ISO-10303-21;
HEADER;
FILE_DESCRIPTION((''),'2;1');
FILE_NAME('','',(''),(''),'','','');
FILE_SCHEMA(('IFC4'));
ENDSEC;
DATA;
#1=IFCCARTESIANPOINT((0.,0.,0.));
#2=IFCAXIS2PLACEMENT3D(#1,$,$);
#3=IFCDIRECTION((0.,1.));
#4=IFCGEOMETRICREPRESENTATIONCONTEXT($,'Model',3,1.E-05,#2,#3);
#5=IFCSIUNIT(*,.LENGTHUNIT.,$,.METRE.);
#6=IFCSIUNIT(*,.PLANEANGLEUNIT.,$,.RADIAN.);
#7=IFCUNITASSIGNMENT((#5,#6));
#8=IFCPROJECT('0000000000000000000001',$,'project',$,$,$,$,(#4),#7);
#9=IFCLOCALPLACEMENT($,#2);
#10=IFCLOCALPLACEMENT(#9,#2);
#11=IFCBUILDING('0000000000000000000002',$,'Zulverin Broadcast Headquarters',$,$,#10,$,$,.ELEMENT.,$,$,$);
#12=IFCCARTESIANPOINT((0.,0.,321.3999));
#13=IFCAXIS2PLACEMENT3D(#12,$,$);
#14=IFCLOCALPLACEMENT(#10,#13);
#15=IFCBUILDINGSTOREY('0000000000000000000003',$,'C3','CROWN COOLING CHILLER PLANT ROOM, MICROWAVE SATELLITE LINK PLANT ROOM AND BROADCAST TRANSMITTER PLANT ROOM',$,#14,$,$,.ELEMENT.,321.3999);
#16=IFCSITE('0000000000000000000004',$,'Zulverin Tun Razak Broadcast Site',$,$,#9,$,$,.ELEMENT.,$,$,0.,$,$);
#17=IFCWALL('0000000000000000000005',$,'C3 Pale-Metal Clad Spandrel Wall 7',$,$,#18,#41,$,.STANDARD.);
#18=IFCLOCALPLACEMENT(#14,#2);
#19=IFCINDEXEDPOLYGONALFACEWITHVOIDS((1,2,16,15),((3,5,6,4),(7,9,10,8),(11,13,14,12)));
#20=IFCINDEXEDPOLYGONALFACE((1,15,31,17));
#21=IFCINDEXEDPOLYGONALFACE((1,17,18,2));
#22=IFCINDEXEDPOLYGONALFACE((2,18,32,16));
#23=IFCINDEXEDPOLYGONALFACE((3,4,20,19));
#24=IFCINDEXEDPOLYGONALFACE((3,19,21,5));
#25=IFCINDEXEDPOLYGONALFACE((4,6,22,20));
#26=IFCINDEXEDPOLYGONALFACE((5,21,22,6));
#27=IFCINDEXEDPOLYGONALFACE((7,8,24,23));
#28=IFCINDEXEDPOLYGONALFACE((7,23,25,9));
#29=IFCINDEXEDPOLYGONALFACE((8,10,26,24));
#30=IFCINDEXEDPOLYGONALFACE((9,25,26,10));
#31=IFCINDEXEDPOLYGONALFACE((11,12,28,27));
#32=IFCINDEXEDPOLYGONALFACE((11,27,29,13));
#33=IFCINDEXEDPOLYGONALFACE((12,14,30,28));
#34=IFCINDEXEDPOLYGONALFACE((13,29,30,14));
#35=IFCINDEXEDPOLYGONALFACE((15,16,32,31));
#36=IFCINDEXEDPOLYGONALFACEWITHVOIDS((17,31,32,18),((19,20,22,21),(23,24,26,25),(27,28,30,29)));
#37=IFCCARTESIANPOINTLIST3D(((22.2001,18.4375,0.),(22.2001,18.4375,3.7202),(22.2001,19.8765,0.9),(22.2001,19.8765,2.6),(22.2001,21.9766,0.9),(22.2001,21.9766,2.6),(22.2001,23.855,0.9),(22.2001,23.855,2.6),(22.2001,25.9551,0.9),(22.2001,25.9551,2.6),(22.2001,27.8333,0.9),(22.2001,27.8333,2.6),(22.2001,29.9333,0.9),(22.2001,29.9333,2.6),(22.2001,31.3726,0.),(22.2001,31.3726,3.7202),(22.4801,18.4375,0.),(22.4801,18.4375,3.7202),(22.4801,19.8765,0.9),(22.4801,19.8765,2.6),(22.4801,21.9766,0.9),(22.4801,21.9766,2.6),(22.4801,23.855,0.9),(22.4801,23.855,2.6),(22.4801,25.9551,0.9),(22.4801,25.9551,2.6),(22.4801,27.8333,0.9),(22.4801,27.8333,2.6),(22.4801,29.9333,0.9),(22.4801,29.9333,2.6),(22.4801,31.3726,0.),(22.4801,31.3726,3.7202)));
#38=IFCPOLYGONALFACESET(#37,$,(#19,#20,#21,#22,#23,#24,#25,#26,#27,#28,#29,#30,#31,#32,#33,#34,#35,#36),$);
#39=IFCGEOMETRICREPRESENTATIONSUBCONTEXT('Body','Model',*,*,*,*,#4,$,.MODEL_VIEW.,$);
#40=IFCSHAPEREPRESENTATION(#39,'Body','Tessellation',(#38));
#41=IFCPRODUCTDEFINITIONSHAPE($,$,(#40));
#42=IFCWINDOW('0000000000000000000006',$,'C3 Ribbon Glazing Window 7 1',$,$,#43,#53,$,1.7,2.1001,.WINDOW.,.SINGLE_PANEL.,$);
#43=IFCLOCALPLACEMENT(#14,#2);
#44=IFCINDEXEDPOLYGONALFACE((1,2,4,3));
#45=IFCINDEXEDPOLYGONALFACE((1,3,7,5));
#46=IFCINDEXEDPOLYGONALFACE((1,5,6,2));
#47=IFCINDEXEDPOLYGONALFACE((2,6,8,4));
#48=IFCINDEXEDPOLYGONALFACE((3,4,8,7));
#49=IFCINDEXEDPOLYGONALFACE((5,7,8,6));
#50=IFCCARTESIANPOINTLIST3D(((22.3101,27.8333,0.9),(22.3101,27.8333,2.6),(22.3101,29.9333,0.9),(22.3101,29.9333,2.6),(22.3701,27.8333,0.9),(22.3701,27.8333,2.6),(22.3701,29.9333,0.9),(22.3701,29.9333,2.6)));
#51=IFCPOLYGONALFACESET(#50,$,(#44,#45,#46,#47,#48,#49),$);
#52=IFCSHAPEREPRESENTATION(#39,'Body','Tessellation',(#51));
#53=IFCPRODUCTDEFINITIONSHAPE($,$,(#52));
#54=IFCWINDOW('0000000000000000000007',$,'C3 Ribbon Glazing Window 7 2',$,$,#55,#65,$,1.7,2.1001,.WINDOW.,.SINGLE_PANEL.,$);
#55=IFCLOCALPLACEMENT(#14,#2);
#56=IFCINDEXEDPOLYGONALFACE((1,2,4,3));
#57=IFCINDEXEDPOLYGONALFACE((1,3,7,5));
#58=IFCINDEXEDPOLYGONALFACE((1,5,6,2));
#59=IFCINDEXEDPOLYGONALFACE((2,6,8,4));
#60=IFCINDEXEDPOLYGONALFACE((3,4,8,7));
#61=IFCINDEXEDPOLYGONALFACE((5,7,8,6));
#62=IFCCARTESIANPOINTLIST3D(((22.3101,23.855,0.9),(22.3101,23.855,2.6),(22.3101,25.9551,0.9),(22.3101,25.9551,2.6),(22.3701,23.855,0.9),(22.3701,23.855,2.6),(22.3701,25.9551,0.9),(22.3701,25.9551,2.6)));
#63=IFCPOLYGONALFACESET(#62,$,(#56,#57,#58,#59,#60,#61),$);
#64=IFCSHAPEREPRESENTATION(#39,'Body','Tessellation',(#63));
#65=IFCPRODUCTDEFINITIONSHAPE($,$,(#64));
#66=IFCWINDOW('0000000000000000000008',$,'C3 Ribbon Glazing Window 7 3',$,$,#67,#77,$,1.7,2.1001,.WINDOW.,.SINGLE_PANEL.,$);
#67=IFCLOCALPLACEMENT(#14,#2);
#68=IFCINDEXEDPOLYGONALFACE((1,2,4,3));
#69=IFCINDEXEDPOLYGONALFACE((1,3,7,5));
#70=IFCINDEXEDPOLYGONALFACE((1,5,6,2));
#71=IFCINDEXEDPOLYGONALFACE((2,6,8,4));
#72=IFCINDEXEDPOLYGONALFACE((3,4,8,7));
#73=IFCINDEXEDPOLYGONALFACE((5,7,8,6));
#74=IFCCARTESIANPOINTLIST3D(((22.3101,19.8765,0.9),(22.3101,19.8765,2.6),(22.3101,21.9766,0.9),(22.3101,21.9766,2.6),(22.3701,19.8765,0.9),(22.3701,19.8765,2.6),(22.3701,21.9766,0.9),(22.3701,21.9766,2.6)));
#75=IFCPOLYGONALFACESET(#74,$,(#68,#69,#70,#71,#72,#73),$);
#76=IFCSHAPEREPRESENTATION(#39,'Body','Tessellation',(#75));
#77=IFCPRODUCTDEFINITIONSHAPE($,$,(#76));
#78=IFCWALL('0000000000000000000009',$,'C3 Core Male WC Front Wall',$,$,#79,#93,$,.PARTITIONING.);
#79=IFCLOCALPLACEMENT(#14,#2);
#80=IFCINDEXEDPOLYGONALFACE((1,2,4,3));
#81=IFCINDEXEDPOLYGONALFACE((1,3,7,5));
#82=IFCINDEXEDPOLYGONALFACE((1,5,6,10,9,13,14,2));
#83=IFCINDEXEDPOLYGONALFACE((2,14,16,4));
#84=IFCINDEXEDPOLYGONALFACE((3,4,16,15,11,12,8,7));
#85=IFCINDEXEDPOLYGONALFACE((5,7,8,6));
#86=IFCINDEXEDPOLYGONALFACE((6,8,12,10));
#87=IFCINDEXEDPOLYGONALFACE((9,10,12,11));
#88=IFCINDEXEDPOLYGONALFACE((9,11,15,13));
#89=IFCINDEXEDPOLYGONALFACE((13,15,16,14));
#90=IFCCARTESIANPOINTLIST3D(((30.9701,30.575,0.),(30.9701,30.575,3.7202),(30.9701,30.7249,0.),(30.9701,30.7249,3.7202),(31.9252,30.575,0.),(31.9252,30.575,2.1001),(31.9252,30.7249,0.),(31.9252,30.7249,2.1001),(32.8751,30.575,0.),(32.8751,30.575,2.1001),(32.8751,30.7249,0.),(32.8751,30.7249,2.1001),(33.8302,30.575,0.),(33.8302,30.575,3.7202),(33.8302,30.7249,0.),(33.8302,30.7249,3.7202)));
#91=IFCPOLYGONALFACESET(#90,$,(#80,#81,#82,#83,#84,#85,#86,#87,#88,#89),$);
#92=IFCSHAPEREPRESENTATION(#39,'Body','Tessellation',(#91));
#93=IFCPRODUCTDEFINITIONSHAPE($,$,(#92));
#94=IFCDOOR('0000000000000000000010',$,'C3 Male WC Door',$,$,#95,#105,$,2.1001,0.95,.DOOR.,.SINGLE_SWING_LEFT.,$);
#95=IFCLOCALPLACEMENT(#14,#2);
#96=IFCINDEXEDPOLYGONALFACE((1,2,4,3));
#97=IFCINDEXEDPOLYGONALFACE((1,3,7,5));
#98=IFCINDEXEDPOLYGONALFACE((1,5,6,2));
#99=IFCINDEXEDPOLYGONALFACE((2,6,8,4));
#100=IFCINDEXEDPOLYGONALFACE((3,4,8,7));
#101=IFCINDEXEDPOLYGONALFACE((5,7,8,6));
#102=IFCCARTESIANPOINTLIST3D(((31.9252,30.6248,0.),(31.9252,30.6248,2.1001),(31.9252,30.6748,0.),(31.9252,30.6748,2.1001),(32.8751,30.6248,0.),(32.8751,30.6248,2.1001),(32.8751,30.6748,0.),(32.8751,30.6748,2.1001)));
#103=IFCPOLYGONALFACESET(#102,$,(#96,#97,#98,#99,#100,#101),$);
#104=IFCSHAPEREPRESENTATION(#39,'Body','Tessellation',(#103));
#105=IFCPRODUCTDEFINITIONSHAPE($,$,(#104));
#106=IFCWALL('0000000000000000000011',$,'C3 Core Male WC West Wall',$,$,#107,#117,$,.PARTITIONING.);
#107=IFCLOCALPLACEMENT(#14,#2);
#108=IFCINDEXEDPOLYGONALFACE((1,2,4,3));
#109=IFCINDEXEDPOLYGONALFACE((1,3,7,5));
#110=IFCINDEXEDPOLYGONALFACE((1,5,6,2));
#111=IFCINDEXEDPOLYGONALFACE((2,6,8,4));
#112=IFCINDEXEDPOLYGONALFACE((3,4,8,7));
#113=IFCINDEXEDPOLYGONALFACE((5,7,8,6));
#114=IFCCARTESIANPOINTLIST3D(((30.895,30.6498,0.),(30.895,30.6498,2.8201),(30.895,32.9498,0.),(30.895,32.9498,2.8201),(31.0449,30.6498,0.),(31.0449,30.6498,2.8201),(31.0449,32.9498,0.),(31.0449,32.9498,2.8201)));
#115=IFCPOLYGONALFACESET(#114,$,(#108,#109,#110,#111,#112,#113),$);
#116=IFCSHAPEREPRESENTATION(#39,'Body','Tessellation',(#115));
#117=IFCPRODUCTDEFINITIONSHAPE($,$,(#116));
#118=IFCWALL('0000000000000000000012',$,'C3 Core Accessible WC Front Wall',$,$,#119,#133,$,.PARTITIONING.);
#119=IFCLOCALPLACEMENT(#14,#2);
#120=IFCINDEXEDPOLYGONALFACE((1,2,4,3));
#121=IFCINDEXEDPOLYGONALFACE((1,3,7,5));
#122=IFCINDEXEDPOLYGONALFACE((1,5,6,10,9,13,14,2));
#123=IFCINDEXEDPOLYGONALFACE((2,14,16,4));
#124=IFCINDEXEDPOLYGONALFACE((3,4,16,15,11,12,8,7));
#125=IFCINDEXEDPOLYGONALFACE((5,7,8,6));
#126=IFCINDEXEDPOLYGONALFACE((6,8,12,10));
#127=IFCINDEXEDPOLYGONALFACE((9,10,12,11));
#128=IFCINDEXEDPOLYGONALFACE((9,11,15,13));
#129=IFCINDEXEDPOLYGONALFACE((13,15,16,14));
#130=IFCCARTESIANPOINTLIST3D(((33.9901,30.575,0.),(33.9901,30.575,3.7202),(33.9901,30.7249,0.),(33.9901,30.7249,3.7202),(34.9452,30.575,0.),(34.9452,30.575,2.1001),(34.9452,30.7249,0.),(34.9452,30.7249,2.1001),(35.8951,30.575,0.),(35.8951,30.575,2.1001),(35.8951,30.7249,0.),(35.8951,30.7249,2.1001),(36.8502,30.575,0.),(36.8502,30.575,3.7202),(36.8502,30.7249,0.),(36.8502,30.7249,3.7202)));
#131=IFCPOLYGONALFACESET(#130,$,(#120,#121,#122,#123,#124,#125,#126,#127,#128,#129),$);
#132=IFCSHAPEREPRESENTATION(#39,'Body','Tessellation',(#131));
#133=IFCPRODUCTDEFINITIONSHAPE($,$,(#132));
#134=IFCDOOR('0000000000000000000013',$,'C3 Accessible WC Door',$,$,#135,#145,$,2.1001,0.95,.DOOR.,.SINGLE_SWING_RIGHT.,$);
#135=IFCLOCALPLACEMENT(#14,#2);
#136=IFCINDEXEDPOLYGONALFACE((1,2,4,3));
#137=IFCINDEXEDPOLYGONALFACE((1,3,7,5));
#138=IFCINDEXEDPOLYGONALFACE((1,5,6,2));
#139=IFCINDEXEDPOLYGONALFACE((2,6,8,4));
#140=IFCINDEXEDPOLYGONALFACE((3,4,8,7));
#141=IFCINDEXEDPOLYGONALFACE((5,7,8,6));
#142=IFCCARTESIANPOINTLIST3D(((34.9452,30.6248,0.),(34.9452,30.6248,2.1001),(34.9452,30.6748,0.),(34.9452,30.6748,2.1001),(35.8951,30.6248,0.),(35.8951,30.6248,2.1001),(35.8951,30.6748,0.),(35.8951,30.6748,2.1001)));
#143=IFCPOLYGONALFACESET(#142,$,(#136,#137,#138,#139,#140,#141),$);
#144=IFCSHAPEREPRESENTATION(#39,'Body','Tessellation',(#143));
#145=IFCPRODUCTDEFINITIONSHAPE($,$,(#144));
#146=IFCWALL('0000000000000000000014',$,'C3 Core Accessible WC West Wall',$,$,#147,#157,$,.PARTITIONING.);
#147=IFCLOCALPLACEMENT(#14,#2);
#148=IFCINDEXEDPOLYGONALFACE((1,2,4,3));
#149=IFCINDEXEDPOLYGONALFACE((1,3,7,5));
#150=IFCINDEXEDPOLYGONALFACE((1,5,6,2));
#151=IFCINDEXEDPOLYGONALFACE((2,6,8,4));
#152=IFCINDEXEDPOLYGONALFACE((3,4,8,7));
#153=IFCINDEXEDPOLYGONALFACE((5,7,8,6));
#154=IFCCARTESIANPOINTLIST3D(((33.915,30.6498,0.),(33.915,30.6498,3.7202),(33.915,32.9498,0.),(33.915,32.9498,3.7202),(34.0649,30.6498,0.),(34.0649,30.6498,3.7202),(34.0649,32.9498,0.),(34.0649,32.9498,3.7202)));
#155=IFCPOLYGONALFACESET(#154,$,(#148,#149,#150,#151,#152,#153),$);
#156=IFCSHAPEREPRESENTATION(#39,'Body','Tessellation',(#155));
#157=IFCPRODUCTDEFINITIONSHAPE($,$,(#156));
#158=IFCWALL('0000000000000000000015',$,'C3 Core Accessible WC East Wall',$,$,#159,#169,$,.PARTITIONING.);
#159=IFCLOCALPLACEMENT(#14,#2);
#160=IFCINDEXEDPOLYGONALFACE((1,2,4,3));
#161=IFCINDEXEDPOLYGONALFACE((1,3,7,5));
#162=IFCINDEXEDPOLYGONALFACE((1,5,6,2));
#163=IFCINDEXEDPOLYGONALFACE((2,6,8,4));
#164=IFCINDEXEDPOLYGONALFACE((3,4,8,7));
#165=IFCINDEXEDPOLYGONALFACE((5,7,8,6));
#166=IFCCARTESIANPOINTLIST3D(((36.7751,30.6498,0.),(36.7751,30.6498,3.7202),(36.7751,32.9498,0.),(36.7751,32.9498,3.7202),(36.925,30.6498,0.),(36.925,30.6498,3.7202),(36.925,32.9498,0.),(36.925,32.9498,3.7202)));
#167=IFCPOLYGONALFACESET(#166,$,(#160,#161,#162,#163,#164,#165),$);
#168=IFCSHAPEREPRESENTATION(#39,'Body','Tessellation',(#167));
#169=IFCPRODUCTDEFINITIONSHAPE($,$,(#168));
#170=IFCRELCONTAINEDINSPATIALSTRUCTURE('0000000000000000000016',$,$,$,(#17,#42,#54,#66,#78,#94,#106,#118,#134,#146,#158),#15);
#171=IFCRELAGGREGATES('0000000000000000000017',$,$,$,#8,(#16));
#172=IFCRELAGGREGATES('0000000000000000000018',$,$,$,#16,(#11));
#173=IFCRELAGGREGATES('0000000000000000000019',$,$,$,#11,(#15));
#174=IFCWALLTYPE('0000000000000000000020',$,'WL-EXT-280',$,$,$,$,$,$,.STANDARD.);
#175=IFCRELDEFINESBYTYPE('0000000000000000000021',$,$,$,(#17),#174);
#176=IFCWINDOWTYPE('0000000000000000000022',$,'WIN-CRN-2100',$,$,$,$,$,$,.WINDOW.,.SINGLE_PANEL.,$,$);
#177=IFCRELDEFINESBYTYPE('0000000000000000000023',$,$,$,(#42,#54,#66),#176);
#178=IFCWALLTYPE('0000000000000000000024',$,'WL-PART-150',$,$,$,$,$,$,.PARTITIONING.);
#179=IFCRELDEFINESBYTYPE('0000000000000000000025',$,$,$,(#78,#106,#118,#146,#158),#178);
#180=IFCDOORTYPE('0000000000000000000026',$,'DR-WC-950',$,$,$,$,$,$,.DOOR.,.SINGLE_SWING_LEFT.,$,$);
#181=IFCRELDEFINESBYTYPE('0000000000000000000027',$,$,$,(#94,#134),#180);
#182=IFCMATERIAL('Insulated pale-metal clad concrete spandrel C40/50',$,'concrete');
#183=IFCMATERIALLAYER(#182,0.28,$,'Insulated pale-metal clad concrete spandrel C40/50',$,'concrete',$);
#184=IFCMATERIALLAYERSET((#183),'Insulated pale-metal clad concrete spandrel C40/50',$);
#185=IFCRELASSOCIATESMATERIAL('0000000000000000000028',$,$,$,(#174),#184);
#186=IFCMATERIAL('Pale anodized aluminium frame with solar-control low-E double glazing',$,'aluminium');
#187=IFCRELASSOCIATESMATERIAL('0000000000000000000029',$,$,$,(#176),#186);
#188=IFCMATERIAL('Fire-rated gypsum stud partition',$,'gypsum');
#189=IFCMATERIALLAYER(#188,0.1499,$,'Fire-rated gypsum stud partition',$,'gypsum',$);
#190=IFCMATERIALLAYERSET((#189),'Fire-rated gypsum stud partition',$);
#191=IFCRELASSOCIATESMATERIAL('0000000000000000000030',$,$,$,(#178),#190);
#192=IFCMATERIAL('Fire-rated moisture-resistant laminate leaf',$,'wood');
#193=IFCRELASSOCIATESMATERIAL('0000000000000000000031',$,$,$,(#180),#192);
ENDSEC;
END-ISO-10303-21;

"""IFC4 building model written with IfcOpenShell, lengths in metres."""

from ifc_helpers import new_model, si_unit, direction, frame, frame_2d, origin, place, context, subcontext, project, spatial, rectangle, extrude, material, layer, layer_set, type_object, element, fill, save


model = new_model("IFC4")

# Units and contexts
model_context = context("Model", 3, precision=1e-05, world=origin(), true_north=direction((0.0, 1.0)))
body_context = subcontext(model_context, "Body", "Model", "MODEL_VIEW")
ifc_project = project(units=[si_unit("LENGTHUNIT", "METRE"), si_unit("PLANEANGLEUNIT", "RADIAN")], contexts=[model_context])

# Site, building, storey
site_placement = place(None, origin())
site = spatial("IfcSite", under=ifc_project, at=site_placement, Name="Zulverin Tun Razak Broadcast Site", CompositionType="ELEMENT", RefElevation=0.0)
building_placement = place(site_placement, origin())
building = spatial("IfcBuilding", under=site, at=building_placement, Name="Zulverin Broadcast Headquarters", CompositionType="ELEMENT")
storey_placement = place(building_placement, frame((0.0, 0.0, 321.3999)))
storey = spatial("IfcBuildingStorey", under=building, at=storey_placement, Name="C3", Description="CROWN COOLING CHILLER PLANT ROOM, MICROWAVE SATELLITE LINK PLANT ROOM AND BROADCAST TRANSMITTER PLANT ROOM", CompositionType="ELEMENT", Elevation=321.3999)

# Wall, openings, windows
ifc_material_1 = material(Name="Insulated pale-metal clad concrete spandrel C40/50", Category="concrete")
ifc_layer_1 = layer(ifc_material_1, 0.28, Name="Insulated pale-metal clad concrete spandrel C40/50", Category="concrete")
ifc_layer_set_1 = layer_set([ifc_layer_1], Name="Insulated pale-metal clad concrete spandrel C40/50")
wall_type_1 = type_object("IfcWallType", Name="WL-EXT-280", PredefinedType="STANDARD", material=ifc_layer_set_1)
wall_1_placement = place(storey_placement, frame((22.3401, 31.3726, 0.0), z_axis=(0.0, 0.0, 1.0), x_axis=(0.0, -1.0, 0.0)))
wall_1 = element("IfcWall", 1, at=wall_1_placement, inside=storey, type_object=wall_type_1, Name="C3 Pale-Metal Clad Spandrel Wall 7", PredefinedType="STANDARD", context=body_context, shape_type="SweptSolid", body=[
    extrude(rectangle(XDim=12.9351, YDim=0.28, at=frame_2d((6.4675, 0.0))), origin(), (0.0, 0.0, 1.0), 3.7202),
])
opening_1_placement = place(wall_1_placement, frame((1.4392, 0.0, 0.8999)))
opening_1 = element("IfcOpeningElement", 2, at=opening_1_placement, cuts=wall_1, PredefinedType="OPENING", context=body_context, shape_type="SweptSolid", body=[
    extrude(rectangle(XDim=2.1001, YDim=1.7, at=frame_2d((1.05, 0.8501))), frame((0.0, 0.1499, 0.0), z_axis=(0.0, -1.0, 0.0), x_axis=(1.0, 0.0, 0.0)), (0.0, 0.0, 1.0), 0.3),
])
opening_2_placement = place(wall_1_placement, frame((5.4175, 0.0, 0.8999)))
opening_2 = element("IfcOpeningElement", 3, at=opening_2_placement, cuts=wall_1, PredefinedType="OPENING", context=body_context, shape_type="SweptSolid", body=[
    extrude(rectangle(XDim=2.1001, YDim=1.7, at=frame_2d((1.05, 0.8501))), frame((0.0, 0.1499, 0.0), z_axis=(0.0, -1.0, 0.0), x_axis=(1.0, 0.0, 0.0)), (0.0, 0.0, 1.0), 0.3),
])
opening_3_placement = place(wall_1_placement, frame((9.396, 0.0, 0.8999)))
opening_3 = element("IfcOpeningElement", 4, at=opening_3_placement, cuts=wall_1, PredefinedType="OPENING", context=body_context, shape_type="SweptSolid", body=[
    extrude(rectangle(XDim=2.1001, YDim=1.7, at=frame_2d((1.05, 0.8501))), frame((0.0, 0.1499, 0.0), z_axis=(0.0, -1.0, 0.0), x_axis=(1.0, 0.0, 0.0)), (0.0, 0.0, 1.0), 0.3),
])
ifc_material_2 = material(Name="Pale anodized aluminium frame with solar-control low-E double glazing", Category="aluminium")
window_type = type_object("IfcWindowType", Name="WIN-CRN-2100", PartitioningType="SINGLE_PANEL", PredefinedType="WINDOW", material=ifc_material_2)
window_1_placement = place(opening_1_placement, origin())
window_1 = element("IfcWindow", 5, at=window_1_placement, inside=storey, type_object=window_type, Name="C3 Ribbon Glazing Window 7 1", OverallHeight=1.7, OverallWidth=2.1001, PartitioningType="SINGLE_PANEL", PredefinedType="WINDOW", context=body_context, shape_type="SweptSolid", body=[
    extrude(rectangle(XDim=2.1001, YDim=1.7, at=frame_2d((1.05, 0.8501))), frame((0.0, 0.03, 0.0), z_axis=(0.0, -1.0, 0.0), x_axis=(1.0, 0.0, 0.0)), (0.0, 0.0, 1.0), 0.0601),
])
fill(opening_1, window_1)
window_2_placement = place(opening_2_placement, origin())
window_2 = element("IfcWindow", 6, at=window_2_placement, inside=storey, type_object=window_type, Name="C3 Ribbon Glazing Window 7 2", OverallHeight=1.7, OverallWidth=2.1001, PartitioningType="SINGLE_PANEL", PredefinedType="WINDOW", context=body_context, shape_type="SweptSolid", body=[
    extrude(rectangle(XDim=2.1001, YDim=1.7, at=frame_2d((1.05, 0.8501))), frame((0.0, 0.03, 0.0), z_axis=(0.0, -1.0, 0.0), x_axis=(1.0, 0.0, 0.0)), (0.0, 0.0, 1.0), 0.0601),
])
fill(opening_2, window_2)
window_3_placement = place(opening_3_placement, origin())
window_3 = element("IfcWindow", 7, at=window_3_placement, inside=storey, type_object=window_type, Name="C3 Ribbon Glazing Window 7 3", OverallHeight=1.7, OverallWidth=2.1001, PartitioningType="SINGLE_PANEL", PredefinedType="WINDOW", context=body_context, shape_type="SweptSolid", body=[
    extrude(rectangle(XDim=2.1001, YDim=1.7, at=frame_2d((1.05, 0.8501))), frame((0.0, 0.03, 0.0), z_axis=(0.0, -1.0, 0.0), x_axis=(1.0, 0.0, 0.0)), (0.0, 0.0, 1.0), 0.0601),
])
fill(opening_3, window_3)

# Wall, opening, door
ifc_material_3 = material(Name="Fire-rated gypsum stud partition", Category="gypsum")
ifc_layer_2 = layer(ifc_material_3, 0.1499, Name="Fire-rated gypsum stud partition", Category="gypsum")
ifc_layer_set_2 = layer_set([ifc_layer_2], Name="Fire-rated gypsum stud partition")
wall_type_2 = type_object("IfcWallType", Name="WL-PART-150", PredefinedType="PARTITIONING", material=ifc_layer_set_2)
wall_2_placement = place(storey_placement, frame((30.97, 30.6499, 0.0), z_axis=(0.0, 0.0, 1.0), x_axis=(1.0, 0.0, 0.0)))
wall_2 = element("IfcWall", 8, at=wall_2_placement, inside=storey, type_object=wall_type_2, Name="C3 Core Male WC Front Wall", PredefinedType="PARTITIONING", context=body_context, shape_type="SweptSolid", body=[
    extrude(rectangle(XDim=2.8601, YDim=0.1499, at=frame_2d((1.4302, 0.0))), origin(), (0.0, 0.0, 1.0), 3.7202),
])
opening_4_placement = place(wall_2_placement, frame((0.9551, 0.0, 0.0)))
opening_4 = element("IfcOpeningElement", 9, at=opening_4_placement, cuts=wall_2, PredefinedType="OPENING", context=body_context, shape_type="SweptSolid", body=[
    extrude(rectangle(XDim=0.95, YDim=2.1001, at=frame_2d((0.4751, 1.05))), frame((0.0, 0.085, 0.0), z_axis=(0.0, -1.0, 0.0), x_axis=(1.0, 0.0, 0.0)), (0.0, 0.0, 1.0), 0.1699),
])
ifc_material_4 = material(Name="Fire-rated moisture-resistant laminate leaf", Category="wood")
door_type_1 = type_object("IfcDoorType", Name="DR-WC-950", OperationType="SINGLE_SWING_LEFT", PredefinedType="DOOR", material=ifc_material_4)
door_1_placement = place(opening_4_placement, origin())
door_1 = element("IfcDoor", 10, at=door_1_placement, inside=storey, type_object=door_type_1, Name="C3 Male WC Door", OperationType="SINGLE_SWING_LEFT", OverallHeight=2.1001, OverallWidth=0.95, PredefinedType="DOOR", context=body_context, shape_type="SweptSolid", body=[
    extrude(rectangle(XDim=0.95, YDim=2.1001, at=frame_2d((0.4751, 1.05))), frame((0.0, 0.0249, 0.0), z_axis=(0.0, -1.0, 0.0), x_axis=(1.0, 0.0, 0.0)), (0.0, 0.0, 1.0), 0.05),
])
fill(opening_4, door_1)

# Wall
wall_3_placement = place(storey_placement, frame((30.97, 30.6499, 0.0), z_axis=(0.0, 0.0, 1.0), x_axis=(0.0, 1.0, 0.0)))
element("IfcWall", 11, at=wall_3_placement, inside=storey, type_object=wall_type_2, Name="C3 Core Male WC West Wall", PredefinedType="PARTITIONING", context=body_context, shape_type="SweptSolid", body=[
    extrude(rectangle(XDim=2.3, YDim=0.1499, at=frame_2d((1.1499, 0.0))), origin(), (0.0, 0.0, 1.0), 2.8201),
])

# Wall, opening, door
wall_4_placement = place(storey_placement, frame((33.99, 30.6499, 0.0), z_axis=(0.0, 0.0, 1.0), x_axis=(1.0, 0.0, 0.0)))
wall_4 = element("IfcWall", 12, at=wall_4_placement, inside=storey, type_object=wall_type_2, Name="C3 Core Accessible WC Front Wall", PredefinedType="PARTITIONING", context=body_context, shape_type="SweptSolid", body=[
    extrude(rectangle(XDim=2.8601, YDim=0.1499, at=frame_2d((1.4302, 0.0))), origin(), (0.0, 0.0, 1.0), 3.7202),
])
opening_5_placement = place(wall_4_placement, frame((0.9551, 0.0, 0.0)))
opening_5 = element("IfcOpeningElement", 13, at=opening_5_placement, cuts=wall_4, PredefinedType="OPENING", context=body_context, shape_type="SweptSolid", body=[
    extrude(rectangle(XDim=0.95, YDim=2.1001, at=frame_2d((0.4751, 1.05))), frame((0.0, 0.085, 0.0), z_axis=(0.0, -1.0, 0.0), x_axis=(1.0, 0.0, 0.0)), (0.0, 0.0, 1.0), 0.1699),
])
door_2_placement = place(opening_5_placement, origin())
door_2 = element("IfcDoor", 14, at=door_2_placement, inside=storey, type_object=door_type_1, Name="C3 Accessible WC Door", OperationType="SINGLE_SWING_RIGHT", OverallHeight=2.1001, OverallWidth=0.95, PredefinedType="DOOR", context=body_context, shape_type="SweptSolid", body=[
    extrude(rectangle(XDim=0.95, YDim=2.1001, at=frame_2d((0.4751, 1.05))), frame((0.0, 0.0249, 0.0), z_axis=(0.0, -1.0, 0.0), x_axis=(1.0, 0.0, 0.0)), (0.0, 0.0, 1.0), 0.05),
])
fill(opening_5, door_2)

# Walls
for number, where, z_axis, x_axis, name in (
    (15, (33.99, 30.6499, 0.0), (0.0, 0.0, 1.0), (0.0, 1.0, 0.0), "C3 Core Accessible WC West Wall"),
    (16, (36.8501, 30.6499, 0.0), (0.0, 0.0, 1.0), (0.0, 1.0, 0.0), "C3 Core Accessible WC East Wall"),
):
    element("IfcWall", number, at=place(storey_placement, frame(where, z_axis=z_axis, x_axis=x_axis)), inside=storey, type_object=wall_type_2, Name=name, PredefinedType="PARTITIONING", context=body_context, shape_type="SweptSolid", body=[
        extrude(rectangle(XDim=2.3, YDim=0.1499, at=frame_2d((1.1499, 0.0))), origin(), (0.0, 0.0, 1.0), 3.7202),
    ])

save(model, "model.ifc")
